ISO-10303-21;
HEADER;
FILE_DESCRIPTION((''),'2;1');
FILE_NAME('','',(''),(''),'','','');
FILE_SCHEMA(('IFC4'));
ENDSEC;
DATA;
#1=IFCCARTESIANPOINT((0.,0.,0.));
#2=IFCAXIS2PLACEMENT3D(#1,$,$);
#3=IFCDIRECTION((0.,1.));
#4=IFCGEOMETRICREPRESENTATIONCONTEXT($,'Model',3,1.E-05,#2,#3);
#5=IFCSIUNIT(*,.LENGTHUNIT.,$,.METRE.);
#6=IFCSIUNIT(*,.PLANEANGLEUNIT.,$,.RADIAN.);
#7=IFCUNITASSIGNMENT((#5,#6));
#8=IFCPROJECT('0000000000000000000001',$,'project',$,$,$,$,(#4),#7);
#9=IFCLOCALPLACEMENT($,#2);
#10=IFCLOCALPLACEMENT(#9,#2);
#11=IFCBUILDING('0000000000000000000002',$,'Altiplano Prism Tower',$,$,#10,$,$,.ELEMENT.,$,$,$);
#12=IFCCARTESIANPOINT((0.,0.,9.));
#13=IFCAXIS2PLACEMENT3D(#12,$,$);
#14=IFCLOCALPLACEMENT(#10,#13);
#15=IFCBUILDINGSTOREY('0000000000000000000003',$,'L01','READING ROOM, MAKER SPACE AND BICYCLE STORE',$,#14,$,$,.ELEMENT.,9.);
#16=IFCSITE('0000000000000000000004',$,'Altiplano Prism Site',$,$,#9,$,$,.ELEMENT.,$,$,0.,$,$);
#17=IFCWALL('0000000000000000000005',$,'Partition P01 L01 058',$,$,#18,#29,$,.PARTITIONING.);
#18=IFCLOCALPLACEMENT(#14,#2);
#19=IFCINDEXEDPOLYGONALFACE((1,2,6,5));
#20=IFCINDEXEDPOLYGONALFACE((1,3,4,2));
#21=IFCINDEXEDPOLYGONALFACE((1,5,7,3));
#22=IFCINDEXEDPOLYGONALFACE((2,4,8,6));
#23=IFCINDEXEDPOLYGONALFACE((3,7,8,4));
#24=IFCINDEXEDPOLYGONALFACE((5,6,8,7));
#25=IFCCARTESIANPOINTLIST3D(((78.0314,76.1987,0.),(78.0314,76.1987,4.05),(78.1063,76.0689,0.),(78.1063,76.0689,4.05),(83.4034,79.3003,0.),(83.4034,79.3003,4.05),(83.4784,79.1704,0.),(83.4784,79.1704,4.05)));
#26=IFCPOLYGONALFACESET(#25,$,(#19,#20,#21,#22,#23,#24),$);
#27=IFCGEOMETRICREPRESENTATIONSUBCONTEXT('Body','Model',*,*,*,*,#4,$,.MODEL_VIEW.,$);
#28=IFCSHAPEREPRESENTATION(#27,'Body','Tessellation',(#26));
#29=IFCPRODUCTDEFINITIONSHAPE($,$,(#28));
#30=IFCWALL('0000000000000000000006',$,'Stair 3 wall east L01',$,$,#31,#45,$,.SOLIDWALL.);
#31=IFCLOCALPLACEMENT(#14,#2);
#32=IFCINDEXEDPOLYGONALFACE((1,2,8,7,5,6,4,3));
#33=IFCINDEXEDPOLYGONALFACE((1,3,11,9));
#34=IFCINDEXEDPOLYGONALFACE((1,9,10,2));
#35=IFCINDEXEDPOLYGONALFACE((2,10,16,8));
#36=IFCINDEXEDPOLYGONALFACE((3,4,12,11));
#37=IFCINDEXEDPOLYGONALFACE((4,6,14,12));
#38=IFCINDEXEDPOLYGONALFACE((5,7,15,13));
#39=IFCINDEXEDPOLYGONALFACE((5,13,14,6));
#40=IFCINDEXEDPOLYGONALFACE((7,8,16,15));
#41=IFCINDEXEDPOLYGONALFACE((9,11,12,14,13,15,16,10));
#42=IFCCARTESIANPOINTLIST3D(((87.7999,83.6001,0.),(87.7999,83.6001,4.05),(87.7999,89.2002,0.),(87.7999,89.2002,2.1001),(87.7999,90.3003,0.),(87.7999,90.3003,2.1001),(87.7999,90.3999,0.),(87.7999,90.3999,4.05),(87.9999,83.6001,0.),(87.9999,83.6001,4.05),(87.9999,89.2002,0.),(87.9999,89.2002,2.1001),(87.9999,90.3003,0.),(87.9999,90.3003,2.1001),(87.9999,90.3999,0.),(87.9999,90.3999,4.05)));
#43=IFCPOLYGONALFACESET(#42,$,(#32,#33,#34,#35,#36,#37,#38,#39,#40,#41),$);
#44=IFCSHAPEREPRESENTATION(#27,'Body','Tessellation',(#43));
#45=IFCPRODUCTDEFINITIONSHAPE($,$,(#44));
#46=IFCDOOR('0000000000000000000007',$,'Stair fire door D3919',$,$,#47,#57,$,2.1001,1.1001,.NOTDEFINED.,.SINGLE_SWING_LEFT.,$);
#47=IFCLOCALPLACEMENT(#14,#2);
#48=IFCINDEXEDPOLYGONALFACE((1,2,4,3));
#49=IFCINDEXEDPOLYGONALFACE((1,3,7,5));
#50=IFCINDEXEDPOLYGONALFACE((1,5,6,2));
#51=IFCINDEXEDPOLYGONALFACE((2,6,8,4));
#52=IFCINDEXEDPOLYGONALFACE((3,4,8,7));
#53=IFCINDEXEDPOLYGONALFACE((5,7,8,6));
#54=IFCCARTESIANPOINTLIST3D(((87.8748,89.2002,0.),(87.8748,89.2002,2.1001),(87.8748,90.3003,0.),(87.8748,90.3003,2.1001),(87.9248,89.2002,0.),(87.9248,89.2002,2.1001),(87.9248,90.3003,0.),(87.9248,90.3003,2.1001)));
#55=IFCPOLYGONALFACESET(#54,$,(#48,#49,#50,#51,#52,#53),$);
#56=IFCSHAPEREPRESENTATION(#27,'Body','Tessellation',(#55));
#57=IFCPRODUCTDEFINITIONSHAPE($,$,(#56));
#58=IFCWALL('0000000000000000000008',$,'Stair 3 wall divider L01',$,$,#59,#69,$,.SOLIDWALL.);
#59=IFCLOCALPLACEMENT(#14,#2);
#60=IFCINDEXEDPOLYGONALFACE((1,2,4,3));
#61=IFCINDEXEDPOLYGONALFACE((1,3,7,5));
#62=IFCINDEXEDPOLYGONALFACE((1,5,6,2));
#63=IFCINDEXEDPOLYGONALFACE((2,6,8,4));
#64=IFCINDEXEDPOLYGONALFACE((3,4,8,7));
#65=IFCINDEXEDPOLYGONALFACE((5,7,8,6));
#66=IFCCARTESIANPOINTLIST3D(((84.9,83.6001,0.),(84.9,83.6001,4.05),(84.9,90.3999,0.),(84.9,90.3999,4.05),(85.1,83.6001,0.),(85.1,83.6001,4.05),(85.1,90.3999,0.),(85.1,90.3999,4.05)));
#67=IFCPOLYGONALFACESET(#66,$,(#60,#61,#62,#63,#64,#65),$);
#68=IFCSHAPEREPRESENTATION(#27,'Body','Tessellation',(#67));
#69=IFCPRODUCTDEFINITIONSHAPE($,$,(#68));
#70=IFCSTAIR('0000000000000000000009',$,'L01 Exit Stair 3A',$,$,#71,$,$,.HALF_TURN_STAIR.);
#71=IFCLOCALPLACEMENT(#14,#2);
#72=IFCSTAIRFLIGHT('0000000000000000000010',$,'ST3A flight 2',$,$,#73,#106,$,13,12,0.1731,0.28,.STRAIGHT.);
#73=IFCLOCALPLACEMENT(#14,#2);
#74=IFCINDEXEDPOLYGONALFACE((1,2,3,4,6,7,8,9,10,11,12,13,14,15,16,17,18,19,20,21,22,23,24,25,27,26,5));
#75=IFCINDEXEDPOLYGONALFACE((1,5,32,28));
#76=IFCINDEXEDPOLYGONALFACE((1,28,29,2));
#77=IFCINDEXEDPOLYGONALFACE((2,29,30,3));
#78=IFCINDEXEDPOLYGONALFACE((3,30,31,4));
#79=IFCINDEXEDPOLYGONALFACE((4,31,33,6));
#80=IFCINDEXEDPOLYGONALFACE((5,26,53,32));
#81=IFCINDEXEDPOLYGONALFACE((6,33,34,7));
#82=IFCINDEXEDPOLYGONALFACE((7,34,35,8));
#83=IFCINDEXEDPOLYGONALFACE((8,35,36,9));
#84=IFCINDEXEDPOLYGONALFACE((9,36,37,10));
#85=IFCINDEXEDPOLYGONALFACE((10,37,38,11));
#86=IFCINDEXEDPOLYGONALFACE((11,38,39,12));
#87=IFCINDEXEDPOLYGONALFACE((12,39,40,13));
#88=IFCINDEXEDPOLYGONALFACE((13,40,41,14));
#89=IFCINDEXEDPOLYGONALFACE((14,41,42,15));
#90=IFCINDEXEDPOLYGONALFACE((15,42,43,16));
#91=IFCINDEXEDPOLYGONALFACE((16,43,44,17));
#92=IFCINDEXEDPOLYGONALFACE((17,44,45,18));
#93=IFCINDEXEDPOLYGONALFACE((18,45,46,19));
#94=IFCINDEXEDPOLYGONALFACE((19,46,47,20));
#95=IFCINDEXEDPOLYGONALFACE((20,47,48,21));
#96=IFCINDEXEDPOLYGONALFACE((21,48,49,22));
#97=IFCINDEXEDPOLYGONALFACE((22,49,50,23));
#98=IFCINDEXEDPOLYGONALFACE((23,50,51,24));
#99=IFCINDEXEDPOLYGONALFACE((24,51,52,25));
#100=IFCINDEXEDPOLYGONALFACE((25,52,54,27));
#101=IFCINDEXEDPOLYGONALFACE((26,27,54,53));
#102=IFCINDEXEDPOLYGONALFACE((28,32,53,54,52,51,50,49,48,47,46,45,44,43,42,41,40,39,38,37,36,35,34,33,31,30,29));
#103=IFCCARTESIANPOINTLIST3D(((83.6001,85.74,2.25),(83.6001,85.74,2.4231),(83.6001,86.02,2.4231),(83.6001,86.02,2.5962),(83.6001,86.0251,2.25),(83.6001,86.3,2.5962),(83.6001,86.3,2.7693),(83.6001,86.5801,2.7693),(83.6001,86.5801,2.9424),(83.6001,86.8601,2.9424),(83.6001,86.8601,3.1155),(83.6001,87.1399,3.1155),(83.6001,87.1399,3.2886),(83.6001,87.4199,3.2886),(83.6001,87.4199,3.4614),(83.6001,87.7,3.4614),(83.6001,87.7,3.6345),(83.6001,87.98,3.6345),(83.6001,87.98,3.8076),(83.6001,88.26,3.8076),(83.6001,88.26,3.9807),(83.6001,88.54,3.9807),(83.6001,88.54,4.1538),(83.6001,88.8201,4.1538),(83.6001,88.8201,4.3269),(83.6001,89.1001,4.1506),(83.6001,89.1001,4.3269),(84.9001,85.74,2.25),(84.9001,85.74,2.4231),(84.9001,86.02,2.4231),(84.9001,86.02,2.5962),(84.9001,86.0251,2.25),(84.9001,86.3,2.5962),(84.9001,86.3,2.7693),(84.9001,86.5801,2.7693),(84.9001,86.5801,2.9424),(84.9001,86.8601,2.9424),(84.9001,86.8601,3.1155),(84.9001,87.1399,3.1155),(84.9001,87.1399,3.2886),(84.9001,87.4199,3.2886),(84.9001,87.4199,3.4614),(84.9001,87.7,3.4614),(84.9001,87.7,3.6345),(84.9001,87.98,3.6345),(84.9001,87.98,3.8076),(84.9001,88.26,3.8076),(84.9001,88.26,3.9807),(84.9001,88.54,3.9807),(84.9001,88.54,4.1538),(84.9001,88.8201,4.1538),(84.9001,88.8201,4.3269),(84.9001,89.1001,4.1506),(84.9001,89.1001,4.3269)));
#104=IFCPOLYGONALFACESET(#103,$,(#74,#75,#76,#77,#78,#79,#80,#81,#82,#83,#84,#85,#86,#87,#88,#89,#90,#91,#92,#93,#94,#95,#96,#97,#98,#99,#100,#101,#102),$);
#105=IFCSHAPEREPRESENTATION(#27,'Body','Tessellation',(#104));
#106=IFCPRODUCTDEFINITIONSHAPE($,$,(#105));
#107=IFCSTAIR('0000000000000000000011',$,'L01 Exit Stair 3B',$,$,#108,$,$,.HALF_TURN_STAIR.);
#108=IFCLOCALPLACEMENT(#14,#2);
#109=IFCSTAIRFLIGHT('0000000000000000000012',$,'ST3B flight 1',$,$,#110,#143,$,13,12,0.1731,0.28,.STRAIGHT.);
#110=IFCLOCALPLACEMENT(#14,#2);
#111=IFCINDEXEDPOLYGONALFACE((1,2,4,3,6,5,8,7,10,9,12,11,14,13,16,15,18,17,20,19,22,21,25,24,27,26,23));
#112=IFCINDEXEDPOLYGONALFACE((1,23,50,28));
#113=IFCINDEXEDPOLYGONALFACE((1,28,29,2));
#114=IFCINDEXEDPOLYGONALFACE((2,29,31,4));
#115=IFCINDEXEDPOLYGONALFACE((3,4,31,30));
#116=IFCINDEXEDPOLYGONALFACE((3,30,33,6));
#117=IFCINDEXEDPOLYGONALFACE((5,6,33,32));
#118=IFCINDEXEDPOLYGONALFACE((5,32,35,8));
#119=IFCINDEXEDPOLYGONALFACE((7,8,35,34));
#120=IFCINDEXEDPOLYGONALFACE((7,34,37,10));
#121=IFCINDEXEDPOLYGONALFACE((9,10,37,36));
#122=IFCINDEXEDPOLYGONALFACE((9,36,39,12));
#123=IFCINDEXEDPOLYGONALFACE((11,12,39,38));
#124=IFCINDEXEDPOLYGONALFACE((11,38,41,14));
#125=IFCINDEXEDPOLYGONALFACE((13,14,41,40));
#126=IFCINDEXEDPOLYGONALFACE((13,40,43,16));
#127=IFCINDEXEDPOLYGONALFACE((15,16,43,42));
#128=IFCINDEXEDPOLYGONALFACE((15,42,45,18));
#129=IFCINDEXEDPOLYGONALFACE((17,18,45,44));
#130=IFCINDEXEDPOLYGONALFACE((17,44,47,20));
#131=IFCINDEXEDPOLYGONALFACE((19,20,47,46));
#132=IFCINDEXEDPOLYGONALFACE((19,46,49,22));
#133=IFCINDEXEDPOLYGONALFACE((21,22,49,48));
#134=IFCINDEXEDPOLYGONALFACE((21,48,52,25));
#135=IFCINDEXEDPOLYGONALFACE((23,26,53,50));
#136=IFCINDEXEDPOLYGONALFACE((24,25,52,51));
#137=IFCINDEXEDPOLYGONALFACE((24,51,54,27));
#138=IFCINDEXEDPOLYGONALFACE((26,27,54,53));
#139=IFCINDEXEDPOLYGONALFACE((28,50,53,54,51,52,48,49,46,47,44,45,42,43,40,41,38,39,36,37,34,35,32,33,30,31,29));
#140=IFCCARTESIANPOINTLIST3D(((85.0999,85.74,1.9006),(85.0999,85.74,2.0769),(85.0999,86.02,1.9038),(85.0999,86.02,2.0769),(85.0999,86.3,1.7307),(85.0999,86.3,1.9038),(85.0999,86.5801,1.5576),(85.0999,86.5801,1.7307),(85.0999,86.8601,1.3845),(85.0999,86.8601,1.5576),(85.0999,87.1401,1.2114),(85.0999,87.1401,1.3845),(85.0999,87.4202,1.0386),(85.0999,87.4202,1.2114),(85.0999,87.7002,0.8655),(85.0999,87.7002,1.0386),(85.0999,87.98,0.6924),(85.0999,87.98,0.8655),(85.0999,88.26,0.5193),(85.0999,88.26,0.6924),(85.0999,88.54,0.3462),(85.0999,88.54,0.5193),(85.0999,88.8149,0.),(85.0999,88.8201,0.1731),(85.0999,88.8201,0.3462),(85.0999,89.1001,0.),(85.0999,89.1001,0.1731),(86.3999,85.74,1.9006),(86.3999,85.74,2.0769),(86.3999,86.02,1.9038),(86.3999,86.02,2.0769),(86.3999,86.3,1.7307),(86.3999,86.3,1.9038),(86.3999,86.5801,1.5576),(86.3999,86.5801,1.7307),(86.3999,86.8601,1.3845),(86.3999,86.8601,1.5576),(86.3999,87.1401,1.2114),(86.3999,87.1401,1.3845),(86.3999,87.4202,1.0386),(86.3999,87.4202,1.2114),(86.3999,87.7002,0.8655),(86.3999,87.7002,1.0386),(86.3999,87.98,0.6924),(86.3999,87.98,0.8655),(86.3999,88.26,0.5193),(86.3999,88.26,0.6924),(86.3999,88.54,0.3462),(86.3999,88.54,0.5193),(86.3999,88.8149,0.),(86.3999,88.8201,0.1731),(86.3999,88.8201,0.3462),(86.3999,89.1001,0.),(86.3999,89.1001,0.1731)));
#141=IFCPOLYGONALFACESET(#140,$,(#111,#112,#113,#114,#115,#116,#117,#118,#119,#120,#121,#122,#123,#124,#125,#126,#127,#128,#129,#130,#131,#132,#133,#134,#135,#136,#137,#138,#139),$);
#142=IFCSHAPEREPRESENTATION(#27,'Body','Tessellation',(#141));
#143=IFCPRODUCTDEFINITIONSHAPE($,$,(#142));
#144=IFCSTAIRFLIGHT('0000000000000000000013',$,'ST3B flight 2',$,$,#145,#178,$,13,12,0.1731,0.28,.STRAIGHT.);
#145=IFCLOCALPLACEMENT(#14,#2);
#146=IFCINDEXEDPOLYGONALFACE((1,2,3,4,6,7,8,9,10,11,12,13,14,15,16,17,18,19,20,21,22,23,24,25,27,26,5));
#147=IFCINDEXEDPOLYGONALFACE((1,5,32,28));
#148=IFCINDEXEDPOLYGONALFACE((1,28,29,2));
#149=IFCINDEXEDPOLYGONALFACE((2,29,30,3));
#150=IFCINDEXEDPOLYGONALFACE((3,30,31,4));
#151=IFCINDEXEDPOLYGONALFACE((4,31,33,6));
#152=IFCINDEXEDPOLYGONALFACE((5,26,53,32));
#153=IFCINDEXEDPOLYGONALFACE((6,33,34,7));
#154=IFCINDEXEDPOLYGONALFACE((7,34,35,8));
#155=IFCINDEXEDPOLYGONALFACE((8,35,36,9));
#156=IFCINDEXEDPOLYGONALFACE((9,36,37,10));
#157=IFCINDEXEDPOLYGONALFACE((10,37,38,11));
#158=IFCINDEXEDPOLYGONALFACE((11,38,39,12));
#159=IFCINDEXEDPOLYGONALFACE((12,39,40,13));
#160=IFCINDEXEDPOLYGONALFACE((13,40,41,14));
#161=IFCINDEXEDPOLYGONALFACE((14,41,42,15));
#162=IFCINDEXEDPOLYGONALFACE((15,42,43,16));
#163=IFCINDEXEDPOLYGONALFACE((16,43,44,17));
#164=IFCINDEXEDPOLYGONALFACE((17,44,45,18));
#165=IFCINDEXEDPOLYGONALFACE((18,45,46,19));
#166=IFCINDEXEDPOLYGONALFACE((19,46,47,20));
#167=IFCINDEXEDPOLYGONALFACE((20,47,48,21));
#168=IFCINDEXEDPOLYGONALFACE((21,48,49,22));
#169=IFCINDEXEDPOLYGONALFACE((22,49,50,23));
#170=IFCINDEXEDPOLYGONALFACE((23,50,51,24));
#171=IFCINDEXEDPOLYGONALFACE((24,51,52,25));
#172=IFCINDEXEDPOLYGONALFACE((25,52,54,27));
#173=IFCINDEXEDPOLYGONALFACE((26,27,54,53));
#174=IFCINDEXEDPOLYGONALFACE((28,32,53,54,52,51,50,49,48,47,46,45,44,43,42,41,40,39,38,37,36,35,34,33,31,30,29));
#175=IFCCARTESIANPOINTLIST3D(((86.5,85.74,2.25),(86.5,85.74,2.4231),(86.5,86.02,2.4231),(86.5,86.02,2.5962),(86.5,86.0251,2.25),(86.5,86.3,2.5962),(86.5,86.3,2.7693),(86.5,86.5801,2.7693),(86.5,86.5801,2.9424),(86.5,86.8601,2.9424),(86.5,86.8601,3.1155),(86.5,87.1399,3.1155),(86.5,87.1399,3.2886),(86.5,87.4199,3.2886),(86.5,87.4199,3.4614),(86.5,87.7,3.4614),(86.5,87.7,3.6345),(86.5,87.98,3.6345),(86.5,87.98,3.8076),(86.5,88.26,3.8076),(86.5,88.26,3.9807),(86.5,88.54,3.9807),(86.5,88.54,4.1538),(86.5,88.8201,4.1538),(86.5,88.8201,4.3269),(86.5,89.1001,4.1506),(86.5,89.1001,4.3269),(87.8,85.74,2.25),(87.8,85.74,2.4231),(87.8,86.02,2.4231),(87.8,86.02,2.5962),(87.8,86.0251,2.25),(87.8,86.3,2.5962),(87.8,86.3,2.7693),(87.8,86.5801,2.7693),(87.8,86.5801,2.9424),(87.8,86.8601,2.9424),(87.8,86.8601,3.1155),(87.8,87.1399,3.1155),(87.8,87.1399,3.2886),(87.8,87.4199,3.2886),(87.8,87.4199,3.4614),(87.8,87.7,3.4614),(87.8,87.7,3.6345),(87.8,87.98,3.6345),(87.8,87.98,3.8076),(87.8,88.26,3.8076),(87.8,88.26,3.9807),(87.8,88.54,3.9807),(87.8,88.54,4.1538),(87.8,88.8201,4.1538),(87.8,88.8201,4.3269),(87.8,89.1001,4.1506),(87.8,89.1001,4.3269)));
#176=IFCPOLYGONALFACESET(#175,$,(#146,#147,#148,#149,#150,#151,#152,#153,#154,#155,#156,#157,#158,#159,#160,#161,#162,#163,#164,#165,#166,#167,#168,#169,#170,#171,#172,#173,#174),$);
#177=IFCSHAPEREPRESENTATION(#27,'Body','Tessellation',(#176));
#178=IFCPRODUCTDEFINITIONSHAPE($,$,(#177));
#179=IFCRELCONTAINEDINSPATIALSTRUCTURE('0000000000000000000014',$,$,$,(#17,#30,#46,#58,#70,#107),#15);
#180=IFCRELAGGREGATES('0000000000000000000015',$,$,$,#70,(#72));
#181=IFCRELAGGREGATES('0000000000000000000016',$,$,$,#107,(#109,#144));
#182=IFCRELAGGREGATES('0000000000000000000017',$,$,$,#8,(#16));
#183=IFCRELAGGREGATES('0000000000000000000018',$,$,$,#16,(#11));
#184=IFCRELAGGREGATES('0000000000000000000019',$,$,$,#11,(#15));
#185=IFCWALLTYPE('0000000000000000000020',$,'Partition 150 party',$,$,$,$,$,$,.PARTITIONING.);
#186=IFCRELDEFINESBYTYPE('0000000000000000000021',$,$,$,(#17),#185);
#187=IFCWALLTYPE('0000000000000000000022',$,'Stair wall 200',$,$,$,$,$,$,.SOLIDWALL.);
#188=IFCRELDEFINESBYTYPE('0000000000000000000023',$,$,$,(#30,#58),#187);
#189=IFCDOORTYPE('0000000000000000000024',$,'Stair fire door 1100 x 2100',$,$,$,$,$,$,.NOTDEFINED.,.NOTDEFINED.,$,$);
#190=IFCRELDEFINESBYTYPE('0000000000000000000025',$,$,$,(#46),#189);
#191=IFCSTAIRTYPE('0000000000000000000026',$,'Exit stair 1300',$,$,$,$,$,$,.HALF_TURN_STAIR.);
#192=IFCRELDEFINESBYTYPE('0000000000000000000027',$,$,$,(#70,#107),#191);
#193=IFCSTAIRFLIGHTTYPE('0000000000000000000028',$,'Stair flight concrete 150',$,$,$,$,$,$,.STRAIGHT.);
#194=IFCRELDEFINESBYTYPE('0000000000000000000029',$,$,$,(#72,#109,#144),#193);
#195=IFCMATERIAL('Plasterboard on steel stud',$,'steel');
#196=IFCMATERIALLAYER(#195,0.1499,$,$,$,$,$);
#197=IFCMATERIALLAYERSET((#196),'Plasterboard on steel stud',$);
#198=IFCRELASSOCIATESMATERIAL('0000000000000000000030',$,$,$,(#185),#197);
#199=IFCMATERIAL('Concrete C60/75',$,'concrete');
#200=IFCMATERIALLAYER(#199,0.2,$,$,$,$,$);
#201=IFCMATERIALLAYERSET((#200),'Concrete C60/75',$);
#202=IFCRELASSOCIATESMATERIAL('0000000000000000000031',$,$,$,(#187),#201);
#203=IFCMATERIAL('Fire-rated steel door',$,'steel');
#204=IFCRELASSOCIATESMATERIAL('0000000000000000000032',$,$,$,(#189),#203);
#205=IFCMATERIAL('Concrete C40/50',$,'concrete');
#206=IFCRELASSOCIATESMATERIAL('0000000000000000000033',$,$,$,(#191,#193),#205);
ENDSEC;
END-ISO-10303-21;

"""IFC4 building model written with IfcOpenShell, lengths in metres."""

from ifc_helpers import new_model, si_unit, direction, frame, frame_2d, origin, place, context, subcontext, project, spatial, polyline, rectangle, outline, extrude, material, layer, layer_set, type_object, element, fill, aggregate, save


model = new_model("IFC4")

# Units and contexts
model_context = context("Model", 3, precision=1e-05, world=origin(), true_north=direction((0.0, 1.0)))
body_context = subcontext(model_context, "Body", "Model", "MODEL_VIEW")
ifc_project = project(units=[si_unit("LENGTHUNIT", "METRE"), si_unit("PLANEANGLEUNIT", "RADIAN")], contexts=[model_context])

# Site, building, storey
site_placement = place(None, origin())
site = spatial("IfcSite", under=ifc_project, at=site_placement, Name="Altiplano Prism Site", CompositionType="ELEMENT", RefElevation=0.0)
building_placement = place(site_placement, origin())
building = spatial("IfcBuilding", under=site, at=building_placement, Name="Altiplano Prism Tower", CompositionType="ELEMENT")
storey_placement = place(building_placement, frame((0.0, 0.0, 9.0)))
storey = spatial("IfcBuildingStorey", under=building, at=storey_placement, Name="L01", Description="READING ROOM, MAKER SPACE AND BICYCLE STORE", CompositionType="ELEMENT", Elevation=9.0)

# Shared definitions
ifc_material_1 = material(Name="Concrete C60/75", Category="concrete")

# Wall
ifc_material_2 = material(Name="Plasterboard on steel stud", Category="steel")
ifc_layer_1 = layer(ifc_material_2, 0.1499)
ifc_layer_set_1 = layer_set([ifc_layer_1], Name="Plasterboard on steel stud")
wall_type_1 = type_object("IfcWallType", Name="Partition 150 party", PredefinedType="PARTITIONING", material=ifc_layer_set_1)
wall_1_placement = place(storey_placement, frame((83.4409, 79.2354, 0.0), z_axis=(0.0, 0.0, 1.0), x_axis=(-0.866026, -0.5, 0.0)))
element("IfcWall", 1, at=wall_1_placement, inside=storey, type_object=wall_type_1, Name="Partition P01 L01 058", PredefinedType="PARTITIONING", context=body_context, shape_type="SweptSolid", body=[
    extrude(rectangle(XDim=6.2031, YDim=0.1499, at=frame_2d((3.1016, 0.0))), origin(), (0.0, 0.0, 1.0), 4.05),
])

# Wall, opening, door
ifc_layer_2 = layer(ifc_material_1, 0.2)
ifc_layer_set_2 = layer_set([ifc_layer_2], Name="Concrete C60/75")
wall_type_2 = type_object("IfcWallType", Name="Stair wall 200", PredefinedType="SOLIDWALL", material=ifc_layer_set_2)
wall_2_placement = place(storey_placement, frame((87.8999, 83.6001, 0.0), z_axis=(0.0, 0.0, 1.0), x_axis=(0.0, 1.0, 0.0)))
wall_2 = element("IfcWall", 2, at=wall_2_placement, inside=storey, type_object=wall_type_2, Name="Stair 3 wall east L01", PredefinedType="SOLIDWALL", context=body_context, shape_type="SweptSolid", body=[
    extrude(rectangle(XDim=6.7998, YDim=0.2, at=frame_2d((3.3999, 0.0))), origin(), (0.0, 0.0, 1.0), 4.05),
])
opening_placement = place(wall_2_placement, frame((5.6001, 0.0, 0.0)))
opening = element("IfcOpeningElement", 3, at=opening_placement, cuts=wall_2, PredefinedType="OPENING", context=body_context, shape_type="SweptSolid", body=[
    extrude(rectangle(XDim=1.1001, YDim=2.1001, at=frame_2d((0.55, 1.05))), frame((0.0, 0.1104, 0.0), z_axis=(0.0, -1.0, 0.0), x_axis=(1.0, 0.0, 0.0)), (0.0, 0.0, 1.0), 0.2209),
])
ifc_material_3 = material(Name="Fire-rated steel door", Category="steel")
door_type = type_object("IfcDoorType", Name="Stair fire door 1100 x 2100", OperationType="NOTDEFINED", PredefinedType="NOTDEFINED", material=ifc_material_3)
door_placement = place(opening_placement, frame((1.1001, 0.0, 0.0), z_axis=(0.0, 0.0, 1.0), x_axis=(-1.0, 0.0, 0.0)))
door = element("IfcDoor", 4, at=door_placement, inside=storey, type_object=door_type, Name="Stair fire door D3919", OperationType="SINGLE_SWING_LEFT", OverallHeight=2.1001, OverallWidth=1.1001, PredefinedType="NOTDEFINED", context=body_context, shape_type="SweptSolid", body=[
    extrude(rectangle(XDim=1.1001, YDim=2.1001, at=frame_2d((0.55, 1.05))), frame((0.0, 0.0249, 0.0), z_axis=(0.0, -1.0, 0.0), x_axis=(1.0, 0.0, 0.0)), (0.0, 0.0, 1.0), 0.05),
])
fill(opening, door)

# Wall
wall_3_placement = place(storey_placement, frame((85.0, 83.6001, 0.0), z_axis=(0.0, 0.0, 1.0), x_axis=(0.0, 1.0, 0.0)))
element("IfcWall", 5, at=wall_3_placement, inside=storey, type_object=wall_type_2, Name="Stair 3 wall divider L01", PredefinedType="SOLIDWALL", context=body_context, shape_type="SweptSolid", body=[
    extrude(rectangle(XDim=6.7998, YDim=0.2, at=frame_2d((3.3999, 0.0))), origin(), (0.0, 0.0, 1.0), 4.05),
])

# Stair, stair flight
ifc_material_4 = material(Name="Concrete C40/50", Category="concrete")
stair_type = type_object("IfcStairType", Name="Exit stair 1300", PredefinedType="HALF_TURN_STAIR", material=ifc_material_4)
stair_1_placement = place(storey_placement, origin())
stair_1 = element("IfcStair", 6, at=stair_1_placement, inside=storey, type_object=stair_type, Name="L01 Exit Stair 3A", PredefinedType="HALF_TURN_STAIR")
stair_flight_type = type_object("IfcStairFlightType", Name="Stair flight concrete 150", PredefinedType="STRAIGHT", material=ifc_material_4)
stair_flight_1_placement = place(storey_placement, frame((84.25, 85.74, 2.25), z_axis=(0.0, 0.0, 1.0), x_axis=(0.0, 1.0, 0.0)))
stair_flight_1 = element("IfcStairFlight", 7, at=stair_flight_1_placement, type_object=stair_flight_type, Name="ST3A flight 2", NumberOfRisers=13, NumberOfTreads=12, PredefinedType="STRAIGHT", RiserHeight=0.1731, TreadLength=0.28, context=body_context, shape_type="SweptSolid", body=[
    extrude(outline(polyline([(0.0, 0.0), (0.0, 0.1731), (0.28, 0.1731), (0.28, 0.3462), (0.5601, 0.3462), (0.5601, 0.5193), (0.8401, 0.5193), (0.8401, 0.6924), (1.1201, 0.6924), (1.1201, 0.8655), (1.3999, 0.8655), (1.3999, 1.0386), (1.6799, 1.0386), (1.6799, 1.2114), (1.96, 1.2114), (1.96, 1.3845), (2.24, 1.3845), (2.24, 1.5576), (2.52, 1.5576), (2.52, 1.7307), (2.8, 1.7307), (2.8, 1.9038), (3.0801, 1.9038), (3.0801, 2.0769), (3.3601, 2.0769), (3.3601, 2.25), (3.3601, 1.9006), (0.2852, 0.0), (0.0, 0.0)])), frame((0.0, 0.6499, 0.0), z_axis=(0.0, -1.0, 0.0), x_axis=(1.0, 0.0, 0.0)), (0.0, 0.0, 1.0), 1.3),
])
aggregate(stair_1, [stair_flight_1])

# Stair, stair flights
stair_2_placement = place(storey_placement, origin())
stair_2 = element("IfcStair", 8, at=stair_2_placement, inside=storey, type_object=stair_type, Name="L01 Exit Stair 3B", PredefinedType="HALF_TURN_STAIR")
stair_flight_2_placement = place(storey_placement, frame((85.75, 89.1001, 0.0), z_axis=(0.0, 0.0, 1.0), x_axis=(0.0, -1.0, 0.0)))
stair_flight_2 = element("IfcStairFlight", 9, at=stair_flight_2_placement, type_object=stair_flight_type, Name="ST3B flight 1", NumberOfRisers=13, NumberOfTreads=12, PredefinedType="STRAIGHT", RiserHeight=0.1731, TreadLength=0.28, context=body_context, shape_type="SweptSolid", body=[
    extrude(outline(polyline([(0.0, 0.0), (0.0, 0.1731), (0.28, 0.1731), (0.28, 0.3462), (0.5601, 0.3462), (0.5601, 0.5193), (0.8401, 0.5193), (0.8401, 0.6924), (1.1201, 0.6924), (1.1201, 0.8655), (1.3999, 0.8655), (1.3999, 1.0386), (1.6799, 1.0386), (1.6799, 1.2114), (1.96, 1.2114), (1.96, 1.3845), (2.24, 1.3845), (2.24, 1.5576), (2.52, 1.5576), (2.52, 1.7307), (2.8, 1.7307), (2.8, 1.9038), (3.0801, 1.9038), (3.0801, 2.0769), (3.3601, 2.0769), (3.3601, 2.25), (3.3601, 1.9006), (0.2852, 0.0), (0.0, 0.0)])), frame((0.0, 0.6499, 0.0), z_axis=(0.0, -1.0, 0.0), x_axis=(1.0, 0.0, 0.0)), (0.0, 0.0, 1.0), 1.3),
])
stair_flight_3_placement = place(storey_placement, frame((87.1499, 85.74, 2.25), z_axis=(0.0, 0.0, 1.0), x_axis=(0.0, 1.0, 0.0)))
stair_flight_3 = element("IfcStairFlight", 10, at=stair_flight_3_placement, type_object=stair_flight_type, Name="ST3B flight 2", NumberOfRisers=13, NumberOfTreads=12, PredefinedType="STRAIGHT", RiserHeight=0.1731, TreadLength=0.28, context=body_context, shape_type="SweptSolid", body=[
    extrude(outline(polyline([(0.0, 0.0), (0.0, 0.1731), (0.28, 0.1731), (0.28, 0.3462), (0.5601, 0.3462), (0.5601, 0.5193), (0.8401, 0.5193), (0.8401, 0.6924), (1.1201, 0.6924), (1.1201, 0.8655), (1.3999, 0.8655), (1.3999, 1.0386), (1.6799, 1.0386), (1.6799, 1.2114), (1.96, 1.2114), (1.96, 1.3845), (2.24, 1.3845), (2.24, 1.5576), (2.52, 1.5576), (2.52, 1.7307), (2.8, 1.7307), (2.8, 1.9038), (3.0801, 1.9038), (3.0801, 2.0769), (3.3601, 2.0769), (3.3601, 2.25), (3.3601, 1.9006), (0.2852, 0.0), (0.0, 0.0)])), frame((0.0, 0.6499, 0.0), z_axis=(0.0, -1.0, 0.0), x_axis=(1.0, 0.0, 0.0)), (0.0, 0.0, 1.0), 1.3),
])
aggregate(stair_2, [stair_flight_2, stair_flight_3])

save(model, "model.ifc")
